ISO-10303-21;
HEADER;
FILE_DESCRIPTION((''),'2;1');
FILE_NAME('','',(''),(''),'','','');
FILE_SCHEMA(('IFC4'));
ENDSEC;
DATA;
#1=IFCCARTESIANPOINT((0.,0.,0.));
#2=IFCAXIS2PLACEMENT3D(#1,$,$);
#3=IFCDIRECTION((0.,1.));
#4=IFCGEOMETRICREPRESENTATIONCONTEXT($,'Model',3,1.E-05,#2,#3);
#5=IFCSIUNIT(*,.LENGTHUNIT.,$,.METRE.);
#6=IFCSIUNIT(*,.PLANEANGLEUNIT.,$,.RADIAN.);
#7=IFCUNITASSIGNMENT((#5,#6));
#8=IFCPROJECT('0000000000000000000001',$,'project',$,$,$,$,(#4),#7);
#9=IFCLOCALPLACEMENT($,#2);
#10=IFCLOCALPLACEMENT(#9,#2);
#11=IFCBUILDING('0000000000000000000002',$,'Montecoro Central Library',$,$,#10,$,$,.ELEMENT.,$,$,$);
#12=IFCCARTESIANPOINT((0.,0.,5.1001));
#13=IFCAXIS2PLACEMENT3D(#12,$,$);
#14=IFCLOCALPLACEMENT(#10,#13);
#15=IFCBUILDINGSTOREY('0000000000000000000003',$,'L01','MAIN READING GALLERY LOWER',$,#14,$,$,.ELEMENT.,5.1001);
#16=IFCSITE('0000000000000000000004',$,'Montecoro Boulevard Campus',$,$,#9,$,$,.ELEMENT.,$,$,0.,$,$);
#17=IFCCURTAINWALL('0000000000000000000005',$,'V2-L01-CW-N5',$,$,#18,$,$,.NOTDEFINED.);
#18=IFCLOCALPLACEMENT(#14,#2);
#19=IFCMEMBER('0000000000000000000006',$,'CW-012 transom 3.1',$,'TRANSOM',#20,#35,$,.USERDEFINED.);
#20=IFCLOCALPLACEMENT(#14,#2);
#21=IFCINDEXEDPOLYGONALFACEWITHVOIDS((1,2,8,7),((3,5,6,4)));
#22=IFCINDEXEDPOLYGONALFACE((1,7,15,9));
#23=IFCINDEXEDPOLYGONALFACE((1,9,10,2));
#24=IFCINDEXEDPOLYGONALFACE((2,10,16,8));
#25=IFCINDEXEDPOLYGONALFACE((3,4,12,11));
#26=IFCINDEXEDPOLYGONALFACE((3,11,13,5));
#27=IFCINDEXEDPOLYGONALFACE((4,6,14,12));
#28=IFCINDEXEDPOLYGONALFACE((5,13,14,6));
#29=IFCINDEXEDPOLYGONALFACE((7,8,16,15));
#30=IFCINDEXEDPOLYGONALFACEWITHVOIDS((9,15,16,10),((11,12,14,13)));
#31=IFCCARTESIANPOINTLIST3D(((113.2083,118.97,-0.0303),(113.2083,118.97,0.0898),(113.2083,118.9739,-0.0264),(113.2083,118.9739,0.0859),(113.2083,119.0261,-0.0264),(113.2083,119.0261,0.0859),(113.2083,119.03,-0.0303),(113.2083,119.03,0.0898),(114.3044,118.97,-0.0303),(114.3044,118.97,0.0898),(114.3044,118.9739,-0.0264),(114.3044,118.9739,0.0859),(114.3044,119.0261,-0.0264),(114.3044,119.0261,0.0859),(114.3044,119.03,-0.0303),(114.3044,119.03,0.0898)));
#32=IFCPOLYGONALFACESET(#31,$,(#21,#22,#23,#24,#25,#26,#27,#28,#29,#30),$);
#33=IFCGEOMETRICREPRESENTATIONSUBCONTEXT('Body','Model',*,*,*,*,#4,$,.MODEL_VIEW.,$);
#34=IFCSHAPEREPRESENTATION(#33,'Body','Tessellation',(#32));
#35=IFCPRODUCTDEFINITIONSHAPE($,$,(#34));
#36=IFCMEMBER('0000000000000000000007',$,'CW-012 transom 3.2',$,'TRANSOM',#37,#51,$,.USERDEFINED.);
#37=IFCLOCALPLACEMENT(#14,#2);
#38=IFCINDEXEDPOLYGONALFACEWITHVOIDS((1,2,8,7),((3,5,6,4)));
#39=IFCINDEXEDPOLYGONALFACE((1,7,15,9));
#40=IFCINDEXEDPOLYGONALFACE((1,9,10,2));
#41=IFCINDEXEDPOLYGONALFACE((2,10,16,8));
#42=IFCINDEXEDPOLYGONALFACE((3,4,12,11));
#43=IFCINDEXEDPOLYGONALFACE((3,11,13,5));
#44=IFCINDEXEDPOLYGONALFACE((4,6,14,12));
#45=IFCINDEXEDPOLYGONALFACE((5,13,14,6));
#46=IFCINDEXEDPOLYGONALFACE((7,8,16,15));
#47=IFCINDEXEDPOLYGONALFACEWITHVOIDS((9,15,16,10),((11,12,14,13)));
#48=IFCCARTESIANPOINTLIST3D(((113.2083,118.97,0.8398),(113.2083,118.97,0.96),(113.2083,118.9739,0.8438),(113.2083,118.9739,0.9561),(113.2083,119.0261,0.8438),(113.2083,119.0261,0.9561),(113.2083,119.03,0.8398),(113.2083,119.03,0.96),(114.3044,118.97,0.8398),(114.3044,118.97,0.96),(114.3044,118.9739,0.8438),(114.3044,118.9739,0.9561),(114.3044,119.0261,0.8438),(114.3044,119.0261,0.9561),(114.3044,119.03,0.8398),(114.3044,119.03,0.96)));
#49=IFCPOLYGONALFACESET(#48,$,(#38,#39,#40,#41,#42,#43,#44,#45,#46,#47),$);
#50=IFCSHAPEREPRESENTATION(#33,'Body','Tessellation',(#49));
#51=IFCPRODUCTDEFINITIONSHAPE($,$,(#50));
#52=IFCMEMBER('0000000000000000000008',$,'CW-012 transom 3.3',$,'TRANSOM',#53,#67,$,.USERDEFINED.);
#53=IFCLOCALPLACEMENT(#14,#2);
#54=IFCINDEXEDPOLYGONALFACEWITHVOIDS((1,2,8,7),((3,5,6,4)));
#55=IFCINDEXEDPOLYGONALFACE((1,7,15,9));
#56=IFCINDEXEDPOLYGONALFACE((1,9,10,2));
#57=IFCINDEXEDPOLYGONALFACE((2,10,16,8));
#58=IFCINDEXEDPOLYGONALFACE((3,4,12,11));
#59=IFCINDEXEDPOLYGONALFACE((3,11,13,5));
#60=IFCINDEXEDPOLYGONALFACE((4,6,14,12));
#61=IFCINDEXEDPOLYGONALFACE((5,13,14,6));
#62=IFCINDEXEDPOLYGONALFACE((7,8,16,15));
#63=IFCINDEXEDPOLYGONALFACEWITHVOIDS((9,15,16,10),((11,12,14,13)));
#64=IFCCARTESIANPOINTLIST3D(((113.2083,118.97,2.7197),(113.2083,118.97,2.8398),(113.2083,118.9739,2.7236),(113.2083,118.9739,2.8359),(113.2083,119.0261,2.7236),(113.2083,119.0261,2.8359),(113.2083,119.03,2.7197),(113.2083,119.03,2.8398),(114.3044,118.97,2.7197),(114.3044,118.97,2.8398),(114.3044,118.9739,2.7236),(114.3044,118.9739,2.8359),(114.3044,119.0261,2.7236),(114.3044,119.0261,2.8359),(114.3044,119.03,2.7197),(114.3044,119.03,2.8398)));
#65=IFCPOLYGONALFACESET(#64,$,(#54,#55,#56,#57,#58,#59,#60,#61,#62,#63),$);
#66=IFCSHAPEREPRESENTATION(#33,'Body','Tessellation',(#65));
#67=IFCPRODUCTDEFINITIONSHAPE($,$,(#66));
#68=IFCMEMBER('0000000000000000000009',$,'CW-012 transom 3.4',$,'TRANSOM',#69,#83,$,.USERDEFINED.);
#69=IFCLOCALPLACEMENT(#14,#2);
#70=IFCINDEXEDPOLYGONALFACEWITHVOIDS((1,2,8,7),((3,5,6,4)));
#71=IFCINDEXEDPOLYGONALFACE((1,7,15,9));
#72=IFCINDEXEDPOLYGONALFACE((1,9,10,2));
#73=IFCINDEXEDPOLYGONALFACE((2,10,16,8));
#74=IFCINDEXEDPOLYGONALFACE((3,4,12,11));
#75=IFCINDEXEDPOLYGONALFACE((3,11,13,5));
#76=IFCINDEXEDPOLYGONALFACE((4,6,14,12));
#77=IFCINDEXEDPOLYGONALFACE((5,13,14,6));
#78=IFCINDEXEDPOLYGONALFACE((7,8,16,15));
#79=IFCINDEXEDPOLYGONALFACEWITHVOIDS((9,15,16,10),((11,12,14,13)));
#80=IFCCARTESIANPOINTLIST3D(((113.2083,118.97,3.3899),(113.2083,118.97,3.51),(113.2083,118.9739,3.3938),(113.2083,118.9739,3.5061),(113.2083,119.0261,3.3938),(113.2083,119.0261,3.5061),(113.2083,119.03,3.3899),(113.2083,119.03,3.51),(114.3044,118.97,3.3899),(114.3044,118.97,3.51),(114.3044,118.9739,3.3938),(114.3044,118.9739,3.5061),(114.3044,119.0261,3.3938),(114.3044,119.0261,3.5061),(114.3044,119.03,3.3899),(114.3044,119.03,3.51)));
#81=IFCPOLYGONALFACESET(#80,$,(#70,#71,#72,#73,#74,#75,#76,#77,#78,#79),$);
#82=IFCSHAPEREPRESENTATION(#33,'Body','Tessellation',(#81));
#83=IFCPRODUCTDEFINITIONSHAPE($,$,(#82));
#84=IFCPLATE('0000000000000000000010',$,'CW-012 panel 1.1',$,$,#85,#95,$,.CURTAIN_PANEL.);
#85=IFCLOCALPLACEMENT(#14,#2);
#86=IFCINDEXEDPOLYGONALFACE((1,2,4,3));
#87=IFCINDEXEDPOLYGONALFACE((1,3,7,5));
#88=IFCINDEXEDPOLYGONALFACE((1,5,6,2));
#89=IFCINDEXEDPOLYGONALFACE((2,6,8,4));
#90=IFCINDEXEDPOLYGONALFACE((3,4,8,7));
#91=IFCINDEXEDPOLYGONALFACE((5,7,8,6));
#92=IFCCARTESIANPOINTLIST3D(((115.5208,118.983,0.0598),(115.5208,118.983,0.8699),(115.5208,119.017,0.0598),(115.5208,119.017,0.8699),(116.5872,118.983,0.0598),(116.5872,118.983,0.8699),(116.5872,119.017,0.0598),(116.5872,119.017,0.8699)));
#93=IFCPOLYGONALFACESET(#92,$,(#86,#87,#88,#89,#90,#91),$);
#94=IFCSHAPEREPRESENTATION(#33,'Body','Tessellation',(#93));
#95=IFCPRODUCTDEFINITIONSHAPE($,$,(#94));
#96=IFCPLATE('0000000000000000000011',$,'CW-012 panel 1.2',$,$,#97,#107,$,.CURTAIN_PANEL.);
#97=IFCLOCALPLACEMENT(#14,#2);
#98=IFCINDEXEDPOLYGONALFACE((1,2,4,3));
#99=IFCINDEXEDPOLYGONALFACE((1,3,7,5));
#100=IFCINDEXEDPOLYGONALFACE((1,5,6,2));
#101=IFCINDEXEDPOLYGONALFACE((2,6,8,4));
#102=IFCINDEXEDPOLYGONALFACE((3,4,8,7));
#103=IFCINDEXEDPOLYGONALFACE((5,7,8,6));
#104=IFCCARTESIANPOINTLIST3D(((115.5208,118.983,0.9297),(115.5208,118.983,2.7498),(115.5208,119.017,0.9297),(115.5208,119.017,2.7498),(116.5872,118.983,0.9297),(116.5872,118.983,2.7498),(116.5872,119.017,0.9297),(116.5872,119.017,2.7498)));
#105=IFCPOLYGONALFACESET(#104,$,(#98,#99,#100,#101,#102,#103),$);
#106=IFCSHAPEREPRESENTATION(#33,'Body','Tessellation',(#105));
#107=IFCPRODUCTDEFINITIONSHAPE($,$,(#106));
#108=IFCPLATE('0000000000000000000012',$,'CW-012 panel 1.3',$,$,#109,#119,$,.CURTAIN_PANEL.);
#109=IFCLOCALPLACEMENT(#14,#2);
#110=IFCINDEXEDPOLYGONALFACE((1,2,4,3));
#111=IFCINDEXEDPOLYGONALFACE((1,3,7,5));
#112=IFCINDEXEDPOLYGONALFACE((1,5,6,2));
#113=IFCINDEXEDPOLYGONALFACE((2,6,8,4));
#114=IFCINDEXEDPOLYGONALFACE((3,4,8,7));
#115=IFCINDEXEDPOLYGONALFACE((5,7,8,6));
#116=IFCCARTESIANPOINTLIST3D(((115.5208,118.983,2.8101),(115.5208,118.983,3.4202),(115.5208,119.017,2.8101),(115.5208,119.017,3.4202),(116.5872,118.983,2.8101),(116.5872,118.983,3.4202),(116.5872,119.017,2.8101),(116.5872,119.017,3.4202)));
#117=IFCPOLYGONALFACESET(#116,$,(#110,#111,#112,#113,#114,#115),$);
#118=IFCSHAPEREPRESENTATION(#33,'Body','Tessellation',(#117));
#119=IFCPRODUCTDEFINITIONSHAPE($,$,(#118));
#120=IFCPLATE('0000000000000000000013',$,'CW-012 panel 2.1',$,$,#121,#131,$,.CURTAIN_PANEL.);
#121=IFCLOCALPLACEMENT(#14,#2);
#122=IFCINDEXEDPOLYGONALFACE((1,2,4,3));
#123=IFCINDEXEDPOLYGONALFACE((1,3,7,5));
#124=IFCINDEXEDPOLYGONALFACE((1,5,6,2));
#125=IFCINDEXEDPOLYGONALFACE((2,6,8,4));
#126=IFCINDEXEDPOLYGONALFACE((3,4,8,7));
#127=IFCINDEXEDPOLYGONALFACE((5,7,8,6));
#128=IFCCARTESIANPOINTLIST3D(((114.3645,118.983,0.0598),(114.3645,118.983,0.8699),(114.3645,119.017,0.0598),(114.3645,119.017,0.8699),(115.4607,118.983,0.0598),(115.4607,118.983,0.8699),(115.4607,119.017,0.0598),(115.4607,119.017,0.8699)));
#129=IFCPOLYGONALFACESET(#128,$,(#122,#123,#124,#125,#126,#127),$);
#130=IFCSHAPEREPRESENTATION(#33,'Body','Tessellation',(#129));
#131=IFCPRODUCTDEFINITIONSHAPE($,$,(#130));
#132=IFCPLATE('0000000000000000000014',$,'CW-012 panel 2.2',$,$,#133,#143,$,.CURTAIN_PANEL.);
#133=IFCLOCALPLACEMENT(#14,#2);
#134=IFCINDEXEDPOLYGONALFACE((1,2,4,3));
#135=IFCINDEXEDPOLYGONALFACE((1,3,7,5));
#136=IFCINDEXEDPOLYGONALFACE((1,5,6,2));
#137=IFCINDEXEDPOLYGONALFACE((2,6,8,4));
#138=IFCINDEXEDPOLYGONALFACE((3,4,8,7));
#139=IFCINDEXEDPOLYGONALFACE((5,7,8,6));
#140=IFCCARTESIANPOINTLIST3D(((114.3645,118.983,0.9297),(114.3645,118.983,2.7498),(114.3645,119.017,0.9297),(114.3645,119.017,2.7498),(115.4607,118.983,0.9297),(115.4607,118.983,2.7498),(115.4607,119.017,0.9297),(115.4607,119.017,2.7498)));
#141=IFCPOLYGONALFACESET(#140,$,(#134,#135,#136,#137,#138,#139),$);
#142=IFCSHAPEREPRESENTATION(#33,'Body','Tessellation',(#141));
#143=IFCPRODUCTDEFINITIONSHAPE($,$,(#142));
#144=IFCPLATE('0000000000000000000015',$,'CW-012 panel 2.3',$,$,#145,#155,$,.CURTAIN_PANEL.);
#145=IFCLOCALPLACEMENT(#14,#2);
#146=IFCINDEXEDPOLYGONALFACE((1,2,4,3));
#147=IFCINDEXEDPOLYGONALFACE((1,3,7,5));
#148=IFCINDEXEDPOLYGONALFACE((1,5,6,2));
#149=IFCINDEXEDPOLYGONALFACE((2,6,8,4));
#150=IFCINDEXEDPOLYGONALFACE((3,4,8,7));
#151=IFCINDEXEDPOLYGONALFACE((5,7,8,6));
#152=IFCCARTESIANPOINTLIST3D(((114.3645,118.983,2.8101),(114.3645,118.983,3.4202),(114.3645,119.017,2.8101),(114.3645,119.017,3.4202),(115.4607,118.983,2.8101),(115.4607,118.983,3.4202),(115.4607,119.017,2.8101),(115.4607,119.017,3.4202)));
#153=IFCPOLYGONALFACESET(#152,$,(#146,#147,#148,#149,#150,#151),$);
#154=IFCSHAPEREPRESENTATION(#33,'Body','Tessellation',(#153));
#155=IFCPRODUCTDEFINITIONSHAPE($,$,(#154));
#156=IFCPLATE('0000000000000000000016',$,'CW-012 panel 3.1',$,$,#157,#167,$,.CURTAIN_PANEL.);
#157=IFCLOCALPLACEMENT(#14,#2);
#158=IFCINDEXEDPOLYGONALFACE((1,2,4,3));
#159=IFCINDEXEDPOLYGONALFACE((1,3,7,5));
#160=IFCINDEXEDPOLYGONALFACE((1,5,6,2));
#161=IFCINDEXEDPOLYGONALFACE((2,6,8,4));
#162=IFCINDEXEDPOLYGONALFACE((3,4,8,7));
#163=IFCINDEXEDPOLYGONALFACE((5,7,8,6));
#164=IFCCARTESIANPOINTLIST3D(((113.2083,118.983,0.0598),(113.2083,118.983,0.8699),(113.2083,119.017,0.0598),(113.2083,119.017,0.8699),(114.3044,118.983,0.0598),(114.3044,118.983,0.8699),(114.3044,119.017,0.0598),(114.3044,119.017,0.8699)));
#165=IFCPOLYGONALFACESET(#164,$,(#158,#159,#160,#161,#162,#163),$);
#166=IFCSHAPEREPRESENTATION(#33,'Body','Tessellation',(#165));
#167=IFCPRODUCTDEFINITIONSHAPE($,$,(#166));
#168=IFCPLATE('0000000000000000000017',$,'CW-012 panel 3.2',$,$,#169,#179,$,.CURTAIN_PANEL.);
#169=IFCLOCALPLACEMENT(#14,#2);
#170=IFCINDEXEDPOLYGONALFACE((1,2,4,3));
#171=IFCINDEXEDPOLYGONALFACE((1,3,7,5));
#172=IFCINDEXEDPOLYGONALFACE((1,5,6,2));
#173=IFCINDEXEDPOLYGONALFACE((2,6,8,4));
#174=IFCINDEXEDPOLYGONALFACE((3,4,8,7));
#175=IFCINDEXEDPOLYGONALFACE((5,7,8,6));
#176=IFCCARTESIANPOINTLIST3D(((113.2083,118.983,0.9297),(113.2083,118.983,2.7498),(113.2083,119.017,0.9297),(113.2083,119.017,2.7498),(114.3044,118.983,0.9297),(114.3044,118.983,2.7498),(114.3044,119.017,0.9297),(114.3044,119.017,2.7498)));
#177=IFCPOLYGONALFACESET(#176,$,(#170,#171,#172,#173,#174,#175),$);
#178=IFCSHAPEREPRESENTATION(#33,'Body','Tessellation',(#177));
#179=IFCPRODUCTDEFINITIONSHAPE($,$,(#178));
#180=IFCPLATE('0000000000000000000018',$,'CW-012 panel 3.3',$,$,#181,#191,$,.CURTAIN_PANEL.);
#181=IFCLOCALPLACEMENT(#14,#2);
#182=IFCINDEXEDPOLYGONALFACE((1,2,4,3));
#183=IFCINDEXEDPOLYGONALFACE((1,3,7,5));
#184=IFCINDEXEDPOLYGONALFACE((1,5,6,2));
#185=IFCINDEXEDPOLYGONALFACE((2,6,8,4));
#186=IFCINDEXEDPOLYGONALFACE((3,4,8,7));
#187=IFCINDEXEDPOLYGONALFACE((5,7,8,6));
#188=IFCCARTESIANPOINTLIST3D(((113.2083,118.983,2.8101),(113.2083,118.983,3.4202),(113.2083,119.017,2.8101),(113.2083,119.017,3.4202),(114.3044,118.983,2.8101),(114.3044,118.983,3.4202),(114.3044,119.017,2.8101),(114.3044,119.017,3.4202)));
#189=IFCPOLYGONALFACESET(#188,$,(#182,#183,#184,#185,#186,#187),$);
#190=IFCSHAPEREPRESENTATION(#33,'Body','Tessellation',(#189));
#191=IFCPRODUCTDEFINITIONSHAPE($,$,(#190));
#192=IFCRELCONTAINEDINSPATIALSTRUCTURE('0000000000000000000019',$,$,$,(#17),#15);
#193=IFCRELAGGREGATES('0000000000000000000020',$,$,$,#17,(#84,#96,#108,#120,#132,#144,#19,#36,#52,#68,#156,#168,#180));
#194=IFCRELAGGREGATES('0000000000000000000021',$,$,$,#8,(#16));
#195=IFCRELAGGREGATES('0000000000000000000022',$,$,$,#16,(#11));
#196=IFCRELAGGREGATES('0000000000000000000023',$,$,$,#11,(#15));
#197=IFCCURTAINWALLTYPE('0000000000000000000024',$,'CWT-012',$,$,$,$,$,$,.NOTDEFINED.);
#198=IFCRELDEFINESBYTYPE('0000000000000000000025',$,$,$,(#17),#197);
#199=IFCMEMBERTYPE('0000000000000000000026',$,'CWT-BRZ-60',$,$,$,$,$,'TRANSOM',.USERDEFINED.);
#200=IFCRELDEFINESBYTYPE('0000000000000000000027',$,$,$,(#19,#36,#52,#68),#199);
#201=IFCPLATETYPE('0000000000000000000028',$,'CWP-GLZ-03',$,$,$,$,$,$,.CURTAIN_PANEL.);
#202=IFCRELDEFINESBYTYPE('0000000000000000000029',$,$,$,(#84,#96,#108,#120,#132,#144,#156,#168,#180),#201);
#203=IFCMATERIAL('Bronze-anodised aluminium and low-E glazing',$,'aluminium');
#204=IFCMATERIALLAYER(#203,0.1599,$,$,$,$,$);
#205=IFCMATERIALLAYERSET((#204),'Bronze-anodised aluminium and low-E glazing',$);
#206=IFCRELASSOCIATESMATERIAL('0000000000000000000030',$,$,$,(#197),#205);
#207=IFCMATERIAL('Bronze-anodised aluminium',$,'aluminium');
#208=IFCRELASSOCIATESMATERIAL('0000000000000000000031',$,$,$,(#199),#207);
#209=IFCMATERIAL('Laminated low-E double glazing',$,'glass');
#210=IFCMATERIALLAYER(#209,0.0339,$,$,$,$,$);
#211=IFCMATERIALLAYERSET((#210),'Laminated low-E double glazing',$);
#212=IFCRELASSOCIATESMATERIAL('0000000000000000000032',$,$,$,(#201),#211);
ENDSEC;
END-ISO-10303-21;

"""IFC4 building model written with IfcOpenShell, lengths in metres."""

from ifc_helpers import new_model, si_unit, direction, frame, origin, origin_2d, place, context, subcontext, project, spatial, rectangle, hollow_rectangle, extrude, material, layer, layer_set, material_profile, profile_set, type_object, element, aggregate, save


model = new_model("IFC4")

# Units and contexts
model_context = context("Model", 3, precision=1e-05, world=origin(), true_north=direction((0.0, 1.0)))
body_context = subcontext(model_context, "Body", "Model", "MODEL_VIEW")
ifc_project = project(units=[si_unit("LENGTHUNIT", "METRE"), si_unit("PLANEANGLEUNIT", "RADIAN")], contexts=[model_context])

# Site, building, storey
site_placement = place(None, origin())
site = spatial("IfcSite", under=ifc_project, at=site_placement, Name="Montecoro Boulevard Campus", CompositionType="ELEMENT", RefElevation=0.0)
building_placement = place(site_placement, origin())
building = spatial("IfcBuilding", under=site, at=building_placement, Name="Montecoro Central Library", CompositionType="ELEMENT")
storey_placement = place(building_placement, frame((0.0, 0.0, 5.1001)))
storey = spatial("IfcBuildingStorey", under=building, at=storey_placement, Name="L01", Description="MAIN READING GALLERY LOWER", CompositionType="ELEMENT", Elevation=5.1001)

# Curtain wall, members, plates
ifc_material_1 = material(Name="Bronze-anodised aluminium and low-E glazing", Category="aluminium")
ifc_layer_1 = layer(ifc_material_1, 0.1599)
ifc_layer_set_1 = layer_set([ifc_layer_1], Name="Bronze-anodised aluminium and low-E glazing")
curtain_wall_type = type_object("IfcCurtainWallType", Name="CWT-012", PredefinedType="NOTDEFINED", material=ifc_layer_set_1)
curtain_wall_placement = place(storey_placement, origin())
curtain_wall = element("IfcCurtainWall", 1, at=curtain_wall_placement, inside=storey, type_object=curtain_wall_type, Name="V2-L01-CW-N5", PredefinedType="NOTDEFINED")
ifc_material_2 = material(Name="Bronze-anodised aluminium", Category="aluminium")
ifc_material_profile_1 = material_profile(ifc_material_2, hollow_rectangle(XDim=0.0601, YDim=0.1201, WallThickness=0.0039, at=origin_2d()), Name="CWT 120x60x4.0")
ifc_profile_set_1 = profile_set([ifc_material_profile_1], Name="Bronze-anodised aluminium")
member_type_1 = type_object("IfcMemberType", Name="CWT-BRZ-60", ElementType="TRANSOM", PredefinedType="USERDEFINED", material=ifc_profile_set_1)
member_1_placement = place(storey_placement, frame((114.3044, 119.0, 0.0298), z_axis=(-1.0, 0.0, 0.0), x_axis=(0.0, -1.0, 0.0)))
member_1 = element("IfcMember", 2, at=member_1_placement, type_object=member_type_1, Name="CW-012 transom 3.1", ObjectType="TRANSOM", PredefinedType="USERDEFINED", context=body_context, shape_type="SweptSolid", body=[
    extrude(hollow_rectangle(XDim=0.0601, YDim=0.1201, WallThickness=0.0039, at=origin_2d()), origin(), (0.0, 0.0, 1.0), 1.0962),
])
member_2_placement = place(storey_placement, frame((114.3044, 119.0, 0.8999), z_axis=(-1.0, 0.0, 0.0), x_axis=(0.0, -1.0, 0.0)))
member_2 = element("IfcMember", 3, at=member_2_placement, type_object=member_type_1, Name="CW-012 transom 3.2", ObjectType="TRANSOM", PredefinedType="USERDEFINED", context=body_context, shape_type="SweptSolid", body=[
    extrude(hollow_rectangle(XDim=0.0601, YDim=0.1201, WallThickness=0.0039, at=origin_2d()), origin(), (0.0, 0.0, 1.0), 1.0962),
])
member_3_placement = place(storey_placement, frame((114.3044, 119.0, 2.7798), z_axis=(-1.0, 0.0, 0.0), x_axis=(0.0, -1.0, 0.0)))
member_3 = element("IfcMember", 4, at=member_3_placement, type_object=member_type_1, Name="CW-012 transom 3.3", ObjectType="TRANSOM", PredefinedType="USERDEFINED", context=body_context, shape_type="SweptSolid", body=[
    extrude(hollow_rectangle(XDim=0.0601, YDim=0.1201, WallThickness=0.0039, at=origin_2d()), origin(), (0.0, 0.0, 1.0), 1.0962),
])
member_4_placement = place(storey_placement, frame((114.3044, 119.0, 3.45), z_axis=(-1.0, 0.0, 0.0), x_axis=(0.0, -1.0, 0.0)))
member_4 = element("IfcMember", 5, at=member_4_placement, type_object=member_type_1, Name="CW-012 transom 3.4", ObjectType="TRANSOM", PredefinedType="USERDEFINED", context=body_context, shape_type="SweptSolid", body=[
    extrude(hollow_rectangle(XDim=0.0601, YDim=0.1201, WallThickness=0.0039, at=origin_2d()), origin(), (0.0, 0.0, 1.0), 1.0962),
])
ifc_material_3 = material(Name="Laminated low-E double glazing", Category="glass")
ifc_layer_2 = layer(ifc_material_3, 0.0339)
ifc_layer_set_2 = layer_set([ifc_layer_2], Name="Laminated low-E double glazing")
plate_type = type_object("IfcPlateType", Name="CWP-GLZ-03", PredefinedType="CURTAIN_PANEL", material=ifc_layer_set_2)
plate_1_placement = place(storey_placement, frame((116.054, 119.0, 0.0598), z_axis=(0.0, 0.0, 1.0), x_axis=(-1.0, 0.0, 0.0)))
plate_1 = element("IfcPlate", 6, at=plate_1_placement, type_object=plate_type, Name="CW-012 panel 1.1", PredefinedType="CURTAIN_PANEL", context=body_context, shape_type="SweptSolid", body=[
    extrude(rectangle(XDim=1.0664, YDim=0.0339, at=origin_2d()), origin(), (0.0, 0.0, 1.0), 0.8101),
])
plate_2_placement = place(storey_placement, frame((116.054, 119.0, 0.9297), z_axis=(0.0, 0.0, 1.0), x_axis=(-1.0, 0.0, 0.0)))
plate_2 = element("IfcPlate", 7, at=plate_2_placement, type_object=plate_type, Name="CW-012 panel 1.2", PredefinedType="CURTAIN_PANEL", context=body_context, shape_type="SweptSolid", body=[
    extrude(rectangle(XDim=1.0664, YDim=0.0339, at=origin_2d()), origin(), (0.0, 0.0, 1.0), 1.8201),
])
plate_3_placement = place(storey_placement, frame((116.054, 119.0, 2.8101), z_axis=(0.0, 0.0, 1.0), x_axis=(-1.0, 0.0, 0.0)))
plate_3 = element("IfcPlate", 8, at=plate_3_placement, type_object=plate_type, Name="CW-012 panel 1.3", PredefinedType="CURTAIN_PANEL", context=body_context, shape_type="SweptSolid", body=[
    extrude(rectangle(XDim=1.0664, YDim=0.0339, at=origin_2d()), origin(), (0.0, 0.0, 1.0), 0.6101),
])
plate_4_placement = place(storey_placement, frame((114.9126, 119.0, 0.0598), z_axis=(0.0, 0.0, 1.0), x_axis=(-1.0, 0.0, 0.0)))
plate_4 = element("IfcPlate", 9, at=plate_4_placement, type_object=plate_type, Name="CW-012 panel 2.1", PredefinedType="CURTAIN_PANEL", context=body_context, shape_type="SweptSolid", body=[
    extrude(rectangle(XDim=1.0962, YDim=0.0339, at=origin_2d()), origin(), (0.0, 0.0, 1.0), 0.8101),
])
plate_5_placement = place(storey_placement, frame((114.9126, 119.0, 0.9297), z_axis=(0.0, 0.0, 1.0), x_axis=(-1.0, 0.0, 0.0)))
plate_5 = element("IfcPlate", 10, at=plate_5_placement, type_object=plate_type, Name="CW-012 panel 2.2", PredefinedType="CURTAIN_PANEL", context=body_context, shape_type="SweptSolid", body=[
    extrude(rectangle(XDim=1.0962, YDim=0.0339, at=origin_2d()), origin(), (0.0, 0.0, 1.0), 1.8201),
])
plate_6_placement = place(storey_placement, frame((114.9126, 119.0, 2.8101), z_axis=(0.0, 0.0, 1.0), x_axis=(-1.0, 0.0, 0.0)))
plate_6 = element("IfcPlate", 11, at=plate_6_placement, type_object=plate_type, Name="CW-012 panel 2.3", PredefinedType="CURTAIN_PANEL", context=body_context, shape_type="SweptSolid", body=[
    extrude(rectangle(XDim=1.0962, YDim=0.0339, at=origin_2d()), origin(), (0.0, 0.0, 1.0), 0.6101),
])
plate_7_placement = place(storey_placement, frame((113.7563, 119.0, 0.0598), z_axis=(0.0, 0.0, 1.0), x_axis=(-1.0, 0.0, 0.0)))
plate_7 = element("IfcPlate", 12, at=plate_7_placement, type_object=plate_type, Name="CW-012 panel 3.1", PredefinedType="CURTAIN_PANEL", context=body_context, shape_type="SweptSolid", body=[
    extrude(rectangle(XDim=1.0962, YDim=0.0339, at=origin_2d()), origin(), (0.0, 0.0, 1.0), 0.8101),
])
plate_8_placement = place(storey_placement, frame((113.7563, 119.0, 0.9297), z_axis=(0.0, 0.0, 1.0), x_axis=(-1.0, 0.0, 0.0)))
plate_8 = element("IfcPlate", 13, at=plate_8_placement, type_object=plate_type, Name="CW-012 panel 3.2", PredefinedType="CURTAIN_PANEL", context=body_context, shape_type="SweptSolid", body=[
    extrude(rectangle(XDim=1.0962, YDim=0.0339, at=origin_2d()), origin(), (0.0, 0.0, 1.0), 1.8201),
])
plate_9_placement = place(storey_placement, frame((113.7563, 119.0, 2.8101), z_axis=(0.0, 0.0, 1.0), x_axis=(-1.0, 0.0, 0.0)))
plate_9 = element("IfcPlate", 14, at=plate_9_placement, type_object=plate_type, Name="CW-012 panel 3.3", PredefinedType="CURTAIN_PANEL", context=body_context, shape_type="SweptSolid", body=[
    extrude(rectangle(XDim=1.0962, YDim=0.0339, at=origin_2d()), origin(), (0.0, 0.0, 1.0), 0.6101),
])
aggregate(curtain_wall, [plate_1, plate_2, plate_3, plate_4, plate_5, plate_6, member_1, member_2, member_3, member_4, plate_7, plate_8, plate_9])

save(model, "model.ifc")
